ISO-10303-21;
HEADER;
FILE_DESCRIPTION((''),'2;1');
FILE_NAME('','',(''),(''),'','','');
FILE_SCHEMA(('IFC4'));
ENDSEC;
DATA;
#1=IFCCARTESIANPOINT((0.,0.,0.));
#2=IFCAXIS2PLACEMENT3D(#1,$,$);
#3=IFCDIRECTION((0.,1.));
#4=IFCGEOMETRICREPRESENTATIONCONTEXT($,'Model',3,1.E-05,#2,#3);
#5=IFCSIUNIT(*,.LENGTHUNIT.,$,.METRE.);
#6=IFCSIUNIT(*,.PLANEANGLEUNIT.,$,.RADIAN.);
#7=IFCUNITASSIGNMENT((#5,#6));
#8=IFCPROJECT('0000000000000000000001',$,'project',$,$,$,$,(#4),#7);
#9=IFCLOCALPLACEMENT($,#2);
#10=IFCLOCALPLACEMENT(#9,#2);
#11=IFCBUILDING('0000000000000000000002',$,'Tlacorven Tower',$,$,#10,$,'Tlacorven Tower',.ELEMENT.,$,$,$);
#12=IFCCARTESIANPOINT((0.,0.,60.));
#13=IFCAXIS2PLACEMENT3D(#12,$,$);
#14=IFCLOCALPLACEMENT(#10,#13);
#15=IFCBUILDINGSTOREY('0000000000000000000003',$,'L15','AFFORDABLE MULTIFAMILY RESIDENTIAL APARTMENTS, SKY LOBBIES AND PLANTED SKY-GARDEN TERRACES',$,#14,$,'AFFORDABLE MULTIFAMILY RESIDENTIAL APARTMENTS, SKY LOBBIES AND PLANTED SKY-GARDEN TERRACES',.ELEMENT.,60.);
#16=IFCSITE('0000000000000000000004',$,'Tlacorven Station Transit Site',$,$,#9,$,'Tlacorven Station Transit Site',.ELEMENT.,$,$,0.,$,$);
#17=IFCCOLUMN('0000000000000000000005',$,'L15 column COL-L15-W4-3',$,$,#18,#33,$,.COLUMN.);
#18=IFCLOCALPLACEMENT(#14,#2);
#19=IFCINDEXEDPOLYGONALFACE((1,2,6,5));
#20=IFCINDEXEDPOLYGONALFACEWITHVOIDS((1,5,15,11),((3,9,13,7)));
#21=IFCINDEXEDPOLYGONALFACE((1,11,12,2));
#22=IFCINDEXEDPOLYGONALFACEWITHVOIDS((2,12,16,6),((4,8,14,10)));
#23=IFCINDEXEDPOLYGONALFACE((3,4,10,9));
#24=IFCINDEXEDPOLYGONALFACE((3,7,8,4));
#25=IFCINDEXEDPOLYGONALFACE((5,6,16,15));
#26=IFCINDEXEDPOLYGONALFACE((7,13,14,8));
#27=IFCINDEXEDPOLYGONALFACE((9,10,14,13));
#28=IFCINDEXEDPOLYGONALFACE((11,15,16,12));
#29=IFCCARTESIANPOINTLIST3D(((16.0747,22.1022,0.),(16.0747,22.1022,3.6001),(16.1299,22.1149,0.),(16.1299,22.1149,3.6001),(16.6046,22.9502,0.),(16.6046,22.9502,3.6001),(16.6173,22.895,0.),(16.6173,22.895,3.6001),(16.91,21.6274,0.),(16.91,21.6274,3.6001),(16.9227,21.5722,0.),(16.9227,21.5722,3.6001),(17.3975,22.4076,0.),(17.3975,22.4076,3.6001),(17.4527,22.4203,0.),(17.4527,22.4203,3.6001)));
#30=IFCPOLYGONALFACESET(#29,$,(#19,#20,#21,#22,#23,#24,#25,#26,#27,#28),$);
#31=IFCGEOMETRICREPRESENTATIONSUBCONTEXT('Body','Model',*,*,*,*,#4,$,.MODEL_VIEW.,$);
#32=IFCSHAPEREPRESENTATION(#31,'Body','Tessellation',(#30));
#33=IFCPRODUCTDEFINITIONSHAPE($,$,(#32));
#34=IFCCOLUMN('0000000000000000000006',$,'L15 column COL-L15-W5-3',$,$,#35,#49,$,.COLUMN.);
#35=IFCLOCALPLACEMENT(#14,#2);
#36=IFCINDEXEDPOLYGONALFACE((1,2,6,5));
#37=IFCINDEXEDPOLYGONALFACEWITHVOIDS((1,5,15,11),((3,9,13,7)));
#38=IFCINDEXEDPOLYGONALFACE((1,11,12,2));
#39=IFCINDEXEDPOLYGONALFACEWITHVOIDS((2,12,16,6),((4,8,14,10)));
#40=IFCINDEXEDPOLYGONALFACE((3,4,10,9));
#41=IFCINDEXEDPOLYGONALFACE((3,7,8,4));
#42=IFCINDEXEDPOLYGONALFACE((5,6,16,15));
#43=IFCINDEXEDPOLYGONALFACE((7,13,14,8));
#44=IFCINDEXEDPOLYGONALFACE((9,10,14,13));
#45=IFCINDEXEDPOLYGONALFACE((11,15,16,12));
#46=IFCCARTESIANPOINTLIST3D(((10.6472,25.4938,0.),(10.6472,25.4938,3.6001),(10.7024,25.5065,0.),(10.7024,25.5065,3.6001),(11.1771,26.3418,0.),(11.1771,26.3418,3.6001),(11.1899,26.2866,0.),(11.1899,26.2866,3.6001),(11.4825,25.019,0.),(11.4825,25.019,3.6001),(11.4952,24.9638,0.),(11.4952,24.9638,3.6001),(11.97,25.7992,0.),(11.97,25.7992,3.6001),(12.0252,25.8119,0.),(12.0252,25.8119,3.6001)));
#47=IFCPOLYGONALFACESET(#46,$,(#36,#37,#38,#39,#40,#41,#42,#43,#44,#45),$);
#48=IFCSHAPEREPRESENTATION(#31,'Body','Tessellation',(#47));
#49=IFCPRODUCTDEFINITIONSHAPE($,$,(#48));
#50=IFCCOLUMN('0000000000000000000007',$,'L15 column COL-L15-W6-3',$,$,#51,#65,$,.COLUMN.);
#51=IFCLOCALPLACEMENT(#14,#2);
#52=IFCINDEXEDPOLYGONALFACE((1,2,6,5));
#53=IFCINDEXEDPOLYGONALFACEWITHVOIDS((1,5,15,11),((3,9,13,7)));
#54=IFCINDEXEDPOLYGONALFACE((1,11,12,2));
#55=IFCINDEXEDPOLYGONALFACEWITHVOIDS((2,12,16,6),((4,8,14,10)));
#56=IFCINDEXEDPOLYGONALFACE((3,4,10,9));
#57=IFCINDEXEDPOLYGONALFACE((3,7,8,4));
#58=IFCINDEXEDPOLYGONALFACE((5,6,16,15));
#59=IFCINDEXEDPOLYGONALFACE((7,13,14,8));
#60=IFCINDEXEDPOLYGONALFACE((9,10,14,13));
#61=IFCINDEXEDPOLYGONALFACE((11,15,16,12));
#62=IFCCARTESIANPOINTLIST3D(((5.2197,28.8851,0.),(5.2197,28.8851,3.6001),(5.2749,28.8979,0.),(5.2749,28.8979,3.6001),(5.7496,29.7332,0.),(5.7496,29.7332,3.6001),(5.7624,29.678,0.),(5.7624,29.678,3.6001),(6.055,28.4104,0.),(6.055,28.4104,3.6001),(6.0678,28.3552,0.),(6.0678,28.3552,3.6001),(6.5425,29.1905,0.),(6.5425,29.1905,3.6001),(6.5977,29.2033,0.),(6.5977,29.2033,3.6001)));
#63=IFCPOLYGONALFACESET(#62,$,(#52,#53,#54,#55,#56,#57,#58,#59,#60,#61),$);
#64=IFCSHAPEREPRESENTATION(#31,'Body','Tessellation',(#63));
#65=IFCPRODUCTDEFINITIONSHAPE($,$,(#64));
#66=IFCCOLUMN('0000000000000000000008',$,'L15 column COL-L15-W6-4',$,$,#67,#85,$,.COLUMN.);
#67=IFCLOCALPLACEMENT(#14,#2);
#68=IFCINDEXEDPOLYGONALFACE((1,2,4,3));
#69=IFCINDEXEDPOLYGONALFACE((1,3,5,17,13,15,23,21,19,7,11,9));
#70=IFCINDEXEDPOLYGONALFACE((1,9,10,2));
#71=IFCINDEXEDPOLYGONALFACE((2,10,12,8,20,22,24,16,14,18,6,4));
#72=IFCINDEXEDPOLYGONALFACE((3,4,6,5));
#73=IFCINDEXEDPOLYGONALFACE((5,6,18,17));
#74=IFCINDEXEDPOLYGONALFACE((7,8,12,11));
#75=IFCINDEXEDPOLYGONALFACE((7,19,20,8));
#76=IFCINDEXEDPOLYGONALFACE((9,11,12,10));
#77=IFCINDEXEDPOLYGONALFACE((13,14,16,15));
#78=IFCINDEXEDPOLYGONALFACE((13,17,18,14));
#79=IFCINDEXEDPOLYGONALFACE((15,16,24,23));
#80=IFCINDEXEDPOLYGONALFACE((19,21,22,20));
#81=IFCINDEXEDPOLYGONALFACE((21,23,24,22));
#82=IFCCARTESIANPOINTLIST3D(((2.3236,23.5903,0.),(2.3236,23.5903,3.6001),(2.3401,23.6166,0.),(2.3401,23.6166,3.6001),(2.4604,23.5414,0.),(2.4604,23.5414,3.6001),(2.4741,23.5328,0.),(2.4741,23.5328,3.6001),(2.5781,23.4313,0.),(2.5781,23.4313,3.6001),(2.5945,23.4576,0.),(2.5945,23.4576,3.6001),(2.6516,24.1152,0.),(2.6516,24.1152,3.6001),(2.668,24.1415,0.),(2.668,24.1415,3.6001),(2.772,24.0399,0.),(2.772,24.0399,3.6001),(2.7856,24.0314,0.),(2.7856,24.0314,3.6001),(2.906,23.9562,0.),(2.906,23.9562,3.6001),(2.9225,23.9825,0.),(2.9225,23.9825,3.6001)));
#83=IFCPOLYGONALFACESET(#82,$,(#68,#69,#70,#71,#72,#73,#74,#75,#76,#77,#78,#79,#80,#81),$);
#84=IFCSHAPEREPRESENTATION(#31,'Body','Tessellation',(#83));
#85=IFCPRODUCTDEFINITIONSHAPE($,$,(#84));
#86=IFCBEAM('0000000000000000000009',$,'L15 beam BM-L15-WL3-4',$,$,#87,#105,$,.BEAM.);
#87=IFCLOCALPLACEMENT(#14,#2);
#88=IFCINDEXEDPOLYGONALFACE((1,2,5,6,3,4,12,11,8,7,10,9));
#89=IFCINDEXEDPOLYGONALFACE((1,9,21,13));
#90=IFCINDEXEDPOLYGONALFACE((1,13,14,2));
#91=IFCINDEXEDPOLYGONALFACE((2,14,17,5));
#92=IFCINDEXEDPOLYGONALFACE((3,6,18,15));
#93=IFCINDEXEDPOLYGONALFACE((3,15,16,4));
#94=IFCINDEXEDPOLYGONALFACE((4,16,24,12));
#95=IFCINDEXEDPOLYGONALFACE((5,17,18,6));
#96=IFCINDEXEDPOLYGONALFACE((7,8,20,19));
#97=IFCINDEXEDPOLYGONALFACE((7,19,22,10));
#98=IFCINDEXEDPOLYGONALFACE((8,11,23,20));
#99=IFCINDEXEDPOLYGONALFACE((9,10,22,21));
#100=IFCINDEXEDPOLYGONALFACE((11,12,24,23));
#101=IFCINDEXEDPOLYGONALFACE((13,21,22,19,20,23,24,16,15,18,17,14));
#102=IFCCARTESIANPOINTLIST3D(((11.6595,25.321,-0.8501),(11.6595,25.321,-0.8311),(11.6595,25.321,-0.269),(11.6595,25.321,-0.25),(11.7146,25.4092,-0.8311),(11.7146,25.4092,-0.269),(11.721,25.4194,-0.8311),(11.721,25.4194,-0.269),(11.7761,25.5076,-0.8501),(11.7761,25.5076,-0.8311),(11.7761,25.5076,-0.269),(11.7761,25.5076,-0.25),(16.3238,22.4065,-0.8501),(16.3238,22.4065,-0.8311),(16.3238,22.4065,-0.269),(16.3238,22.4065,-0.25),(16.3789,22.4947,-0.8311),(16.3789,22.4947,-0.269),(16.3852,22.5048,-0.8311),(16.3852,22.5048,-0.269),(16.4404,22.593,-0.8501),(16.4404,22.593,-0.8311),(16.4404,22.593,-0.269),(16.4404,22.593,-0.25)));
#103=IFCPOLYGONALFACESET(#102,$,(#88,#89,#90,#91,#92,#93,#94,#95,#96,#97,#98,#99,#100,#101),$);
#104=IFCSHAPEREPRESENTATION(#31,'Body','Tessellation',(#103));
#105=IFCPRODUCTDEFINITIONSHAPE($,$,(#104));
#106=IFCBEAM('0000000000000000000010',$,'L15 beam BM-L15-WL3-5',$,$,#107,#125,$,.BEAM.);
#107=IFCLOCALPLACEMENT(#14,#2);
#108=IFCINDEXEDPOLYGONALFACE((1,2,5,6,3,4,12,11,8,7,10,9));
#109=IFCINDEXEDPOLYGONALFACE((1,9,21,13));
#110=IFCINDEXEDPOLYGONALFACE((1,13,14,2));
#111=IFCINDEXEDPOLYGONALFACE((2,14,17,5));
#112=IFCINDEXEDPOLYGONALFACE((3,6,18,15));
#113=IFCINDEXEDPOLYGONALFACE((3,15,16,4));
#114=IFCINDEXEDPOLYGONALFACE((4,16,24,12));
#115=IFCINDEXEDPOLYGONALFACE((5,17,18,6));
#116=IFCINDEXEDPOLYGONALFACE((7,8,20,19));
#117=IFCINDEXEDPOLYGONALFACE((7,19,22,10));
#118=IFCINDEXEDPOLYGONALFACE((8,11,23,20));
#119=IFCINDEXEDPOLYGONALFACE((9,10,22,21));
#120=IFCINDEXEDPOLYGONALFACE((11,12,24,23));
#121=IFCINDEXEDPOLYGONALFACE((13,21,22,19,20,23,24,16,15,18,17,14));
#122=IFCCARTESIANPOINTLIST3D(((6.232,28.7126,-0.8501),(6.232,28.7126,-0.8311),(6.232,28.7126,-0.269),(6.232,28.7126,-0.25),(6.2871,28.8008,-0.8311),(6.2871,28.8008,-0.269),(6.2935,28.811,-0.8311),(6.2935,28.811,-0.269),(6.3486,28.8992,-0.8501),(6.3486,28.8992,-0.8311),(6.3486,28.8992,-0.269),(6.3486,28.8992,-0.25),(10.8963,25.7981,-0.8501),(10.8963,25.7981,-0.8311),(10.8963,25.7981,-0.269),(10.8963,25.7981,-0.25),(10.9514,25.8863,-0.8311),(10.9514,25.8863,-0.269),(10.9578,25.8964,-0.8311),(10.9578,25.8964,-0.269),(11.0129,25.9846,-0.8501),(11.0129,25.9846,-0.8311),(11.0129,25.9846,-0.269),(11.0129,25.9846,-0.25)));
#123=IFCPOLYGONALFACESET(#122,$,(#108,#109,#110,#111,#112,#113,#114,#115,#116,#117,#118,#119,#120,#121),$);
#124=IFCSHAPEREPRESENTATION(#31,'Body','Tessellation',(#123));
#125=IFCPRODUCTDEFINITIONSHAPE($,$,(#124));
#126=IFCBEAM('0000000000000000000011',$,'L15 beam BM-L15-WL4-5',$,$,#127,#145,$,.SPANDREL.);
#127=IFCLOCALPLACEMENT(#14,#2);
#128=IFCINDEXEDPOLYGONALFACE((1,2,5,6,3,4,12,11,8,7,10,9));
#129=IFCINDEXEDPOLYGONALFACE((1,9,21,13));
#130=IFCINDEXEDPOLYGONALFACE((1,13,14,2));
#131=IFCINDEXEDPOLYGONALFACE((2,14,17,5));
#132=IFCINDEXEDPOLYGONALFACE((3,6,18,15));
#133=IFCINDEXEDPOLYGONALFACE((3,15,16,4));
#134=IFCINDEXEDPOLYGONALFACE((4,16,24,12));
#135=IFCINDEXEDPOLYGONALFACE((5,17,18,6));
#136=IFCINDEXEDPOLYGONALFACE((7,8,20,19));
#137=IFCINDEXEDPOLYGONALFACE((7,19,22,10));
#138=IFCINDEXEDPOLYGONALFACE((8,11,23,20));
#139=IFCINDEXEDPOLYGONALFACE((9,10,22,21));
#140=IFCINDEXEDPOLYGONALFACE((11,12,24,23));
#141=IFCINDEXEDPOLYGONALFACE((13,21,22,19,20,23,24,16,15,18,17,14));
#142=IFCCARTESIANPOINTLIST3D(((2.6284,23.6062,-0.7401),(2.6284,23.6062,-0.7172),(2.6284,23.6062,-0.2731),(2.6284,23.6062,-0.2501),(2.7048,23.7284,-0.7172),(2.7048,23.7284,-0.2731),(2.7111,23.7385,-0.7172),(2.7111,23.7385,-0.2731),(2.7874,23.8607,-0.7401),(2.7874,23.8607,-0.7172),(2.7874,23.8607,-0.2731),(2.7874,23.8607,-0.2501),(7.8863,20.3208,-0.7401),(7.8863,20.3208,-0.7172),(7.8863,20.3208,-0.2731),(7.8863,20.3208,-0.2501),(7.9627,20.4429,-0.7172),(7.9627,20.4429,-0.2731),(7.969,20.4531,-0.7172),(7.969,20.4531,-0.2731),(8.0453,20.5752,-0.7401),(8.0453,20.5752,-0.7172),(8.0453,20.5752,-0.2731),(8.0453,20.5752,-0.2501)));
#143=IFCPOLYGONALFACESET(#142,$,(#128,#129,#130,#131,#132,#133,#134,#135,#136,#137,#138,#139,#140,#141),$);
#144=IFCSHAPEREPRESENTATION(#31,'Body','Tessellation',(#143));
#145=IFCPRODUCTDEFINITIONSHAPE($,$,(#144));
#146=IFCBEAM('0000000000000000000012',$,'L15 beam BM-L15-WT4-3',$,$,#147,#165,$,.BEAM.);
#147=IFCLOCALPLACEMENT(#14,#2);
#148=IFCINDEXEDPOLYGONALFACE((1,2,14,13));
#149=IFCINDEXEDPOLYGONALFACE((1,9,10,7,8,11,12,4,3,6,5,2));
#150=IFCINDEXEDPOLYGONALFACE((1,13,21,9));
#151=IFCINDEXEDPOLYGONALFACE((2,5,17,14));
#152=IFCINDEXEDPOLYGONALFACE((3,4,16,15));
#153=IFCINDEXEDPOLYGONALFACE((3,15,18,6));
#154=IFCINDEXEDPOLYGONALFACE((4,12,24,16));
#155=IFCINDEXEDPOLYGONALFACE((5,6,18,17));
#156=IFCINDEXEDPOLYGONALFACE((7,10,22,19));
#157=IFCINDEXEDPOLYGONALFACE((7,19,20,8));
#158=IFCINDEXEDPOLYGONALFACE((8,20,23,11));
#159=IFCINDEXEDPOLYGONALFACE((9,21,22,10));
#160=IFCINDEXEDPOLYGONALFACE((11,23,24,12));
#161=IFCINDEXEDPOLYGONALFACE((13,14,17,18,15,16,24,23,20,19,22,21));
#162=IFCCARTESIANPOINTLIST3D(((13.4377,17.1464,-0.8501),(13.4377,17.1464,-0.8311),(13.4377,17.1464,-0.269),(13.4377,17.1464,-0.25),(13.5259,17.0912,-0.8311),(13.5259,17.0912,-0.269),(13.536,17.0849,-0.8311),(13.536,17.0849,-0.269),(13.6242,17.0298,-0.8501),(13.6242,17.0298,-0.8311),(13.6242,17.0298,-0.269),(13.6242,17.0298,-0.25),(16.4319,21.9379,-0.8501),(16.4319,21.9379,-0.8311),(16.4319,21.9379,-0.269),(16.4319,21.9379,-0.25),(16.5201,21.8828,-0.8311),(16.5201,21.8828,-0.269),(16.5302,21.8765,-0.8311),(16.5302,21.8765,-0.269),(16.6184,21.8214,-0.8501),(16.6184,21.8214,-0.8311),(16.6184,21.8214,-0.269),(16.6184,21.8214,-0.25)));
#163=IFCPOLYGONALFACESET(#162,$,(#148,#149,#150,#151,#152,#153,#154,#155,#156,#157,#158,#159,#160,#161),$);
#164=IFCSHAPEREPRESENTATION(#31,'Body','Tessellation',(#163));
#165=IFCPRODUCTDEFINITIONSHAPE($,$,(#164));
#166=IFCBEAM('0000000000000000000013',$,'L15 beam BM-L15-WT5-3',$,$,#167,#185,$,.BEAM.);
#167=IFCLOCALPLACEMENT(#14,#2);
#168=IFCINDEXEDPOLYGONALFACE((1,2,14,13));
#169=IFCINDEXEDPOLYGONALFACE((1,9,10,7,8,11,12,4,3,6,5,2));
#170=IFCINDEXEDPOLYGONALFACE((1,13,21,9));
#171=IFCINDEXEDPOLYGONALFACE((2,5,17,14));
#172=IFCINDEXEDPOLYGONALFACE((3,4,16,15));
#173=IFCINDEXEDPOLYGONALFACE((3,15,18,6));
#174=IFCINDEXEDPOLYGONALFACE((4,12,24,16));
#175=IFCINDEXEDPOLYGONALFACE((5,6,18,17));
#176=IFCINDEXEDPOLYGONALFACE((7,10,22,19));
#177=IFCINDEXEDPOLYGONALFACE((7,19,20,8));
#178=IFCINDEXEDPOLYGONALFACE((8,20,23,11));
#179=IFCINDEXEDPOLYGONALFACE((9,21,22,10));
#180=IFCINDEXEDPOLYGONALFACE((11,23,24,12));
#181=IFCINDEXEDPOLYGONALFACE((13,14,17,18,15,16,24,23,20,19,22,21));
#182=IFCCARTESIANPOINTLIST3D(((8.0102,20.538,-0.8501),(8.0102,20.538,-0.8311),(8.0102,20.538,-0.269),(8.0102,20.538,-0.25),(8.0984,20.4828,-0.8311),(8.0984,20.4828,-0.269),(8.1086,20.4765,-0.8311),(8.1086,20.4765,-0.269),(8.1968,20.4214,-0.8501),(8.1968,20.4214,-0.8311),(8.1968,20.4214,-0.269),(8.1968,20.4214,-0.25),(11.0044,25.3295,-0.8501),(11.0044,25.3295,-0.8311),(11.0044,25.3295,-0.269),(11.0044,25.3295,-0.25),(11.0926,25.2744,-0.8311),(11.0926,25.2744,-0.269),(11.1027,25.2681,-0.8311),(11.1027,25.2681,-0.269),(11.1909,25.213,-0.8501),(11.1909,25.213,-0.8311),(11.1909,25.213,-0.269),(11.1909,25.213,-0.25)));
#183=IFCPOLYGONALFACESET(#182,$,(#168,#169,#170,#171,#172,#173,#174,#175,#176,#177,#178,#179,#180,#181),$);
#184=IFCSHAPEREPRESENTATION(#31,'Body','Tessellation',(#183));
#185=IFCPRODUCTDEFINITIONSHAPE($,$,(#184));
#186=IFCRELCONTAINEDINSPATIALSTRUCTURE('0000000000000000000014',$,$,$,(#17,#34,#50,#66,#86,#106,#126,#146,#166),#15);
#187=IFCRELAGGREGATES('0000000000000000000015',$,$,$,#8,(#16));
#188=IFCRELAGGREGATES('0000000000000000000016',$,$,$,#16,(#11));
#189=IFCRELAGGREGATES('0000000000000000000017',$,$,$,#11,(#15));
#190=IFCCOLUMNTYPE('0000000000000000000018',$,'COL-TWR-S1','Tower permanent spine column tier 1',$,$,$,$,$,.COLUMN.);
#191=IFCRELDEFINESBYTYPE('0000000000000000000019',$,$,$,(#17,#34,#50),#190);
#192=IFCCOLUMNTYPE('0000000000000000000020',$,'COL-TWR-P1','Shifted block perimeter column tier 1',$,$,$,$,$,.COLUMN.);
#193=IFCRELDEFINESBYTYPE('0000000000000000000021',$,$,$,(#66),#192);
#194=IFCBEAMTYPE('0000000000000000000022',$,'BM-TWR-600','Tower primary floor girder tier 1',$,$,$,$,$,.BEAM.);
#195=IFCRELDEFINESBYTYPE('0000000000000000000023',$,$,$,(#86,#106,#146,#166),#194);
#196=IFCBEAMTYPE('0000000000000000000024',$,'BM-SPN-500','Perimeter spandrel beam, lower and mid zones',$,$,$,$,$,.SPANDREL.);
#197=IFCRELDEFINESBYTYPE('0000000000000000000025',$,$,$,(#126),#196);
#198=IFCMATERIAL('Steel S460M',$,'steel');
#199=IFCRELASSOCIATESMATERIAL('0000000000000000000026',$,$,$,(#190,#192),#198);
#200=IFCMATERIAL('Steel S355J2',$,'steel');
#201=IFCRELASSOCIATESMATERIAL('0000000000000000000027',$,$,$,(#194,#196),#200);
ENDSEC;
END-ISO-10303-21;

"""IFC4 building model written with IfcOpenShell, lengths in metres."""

from ifc_helpers import new_model, si_unit, direction, frame, origin, origin_2d, place, context, subcontext, project, spatial, hollow_rectangle, i_section, extrude, source, transform, mapped, material, material_profile, profile_set, type_object, element, save


model = new_model("IFC4")

# Units and contexts
model_context = context("Model", 3, precision=1e-05, world=origin(), true_north=direction((0.0, 1.0)))
body_context = subcontext(model_context, "Body", "Model", "MODEL_VIEW")
ifc_project = project(units=[si_unit("LENGTHUNIT", "METRE"), si_unit("PLANEANGLEUNIT", "RADIAN")], contexts=[model_context])

# Site, building, storey
site_placement = place(None, origin())
site = spatial("IfcSite", under=ifc_project, at=site_placement, Name="Tlacorven Station Transit Site", LongName="Tlacorven Station Transit Site", CompositionType="ELEMENT", RefElevation=0.0)
building_placement = place(site_placement, origin())
building = spatial("IfcBuilding", under=site, at=building_placement, Name="Tlacorven Tower", LongName="Tlacorven Tower", CompositionType="ELEMENT")
storey_placement = place(building_placement, frame((0.0, 0.0, 60.0)))
storey = spatial("IfcBuildingStorey", under=building, at=storey_placement, Name="L15", Description="AFFORDABLE MULTIFAMILY RESIDENTIAL APARTMENTS, SKY LOBBIES AND PLANTED SKY-GARDEN TERRACES", LongName="AFFORDABLE MULTIFAMILY RESIDENTIAL APARTMENTS, SKY LOBBIES AND PLANTED SKY-GARDEN TERRACES", CompositionType="ELEMENT", Elevation=60.0)

# Columns
ifc_material_1 = material(Name="Steel S460M", Category="steel")
ifc_material_profile_1 = material_profile(ifc_material_1, hollow_rectangle(XDim=1.0, YDim=1.0, WallThickness=0.04, at=origin_2d()), Name="BOX 1000X1000X40")
ifc_profile_set_1 = profile_set([ifc_material_profile_1], Name="Steel S460M")
column_type_1 = type_object("IfcColumnType", Name="COL-TWR-S1", Description="Tower permanent spine column tier 1", PredefinedType="COLUMN", material=ifc_profile_set_1)
shared_shape_1 = source(origin(), body_context, "Body", "SweptSolid", [
    extrude(hollow_rectangle(XDim=1.0, YDim=1.0, WallThickness=0.04, at=origin_2d()), origin(), (0.0, 0.0, 1.0), 3.6001),
])
for number, where, z_axis, x_axis, name in (
    (1, (16.7637, 22.2612, 0.0), (0.0, 0.0, 1.0), (-0.848048, 0.529919, 0.0), "L15 column COL-L15-W4-3"),
    (2, (11.3362, 25.6528, 0.0), (0.0, 0.0, 1.0), (-0.848048, 0.529919, 0.0), "L15 column COL-L15-W5-3"),
    (3, (5.9087, 29.0442, 0.0), (0.0, 0.0, 1.0), (-0.848048, 0.529919, 0.0), "L15 column COL-L15-W6-3"),
):
    element("IfcColumn", number, at=place(storey_placement, frame(where, z_axis=z_axis, x_axis=x_axis)), inside=storey, type_object=column_type_1, Name=name, PredefinedType="COLUMN", context=body_context, shape_type="MappedRepresentation", body=[
        mapped(shared_shape_1, transform((0.0, 0.0, 0.0), scale=1.0)),
    ])
ifc_material_profile_2 = material_profile(ifc_material_1, i_section(OverallWidth=0.3, OverallDepth=0.6499, WebThickness=0.0161, FlangeThickness=0.031, at=origin_2d()), Name="HEB 650")
ifc_profile_set_2 = profile_set([ifc_material_profile_2], Name="Steel S460M")
column_type_2 = type_object("IfcColumnType", Name="COL-TWR-P1", Description="Shifted block perimeter column tier 1", PredefinedType="COLUMN", material=ifc_profile_set_2)
shared_shape_2 = source(origin(), body_context, "Body", "SweptSolid", [
    extrude(i_section(OverallWidth=0.3, OverallDepth=0.6499, WebThickness=0.0161, FlangeThickness=0.031, at=origin_2d()), origin(), (0.0, 0.0, 1.0), 3.6001),
])
column_placement = place(storey_placement, frame((2.623, 23.7864, 0.0), z_axis=(0.0, 0.0, 1.0), x_axis=(-0.848048, 0.529919, 0.0)))
element("IfcColumn", 4, at=column_placement, inside=storey, type_object=column_type_2, Name="L15 column COL-L15-W6-4", PredefinedType="COLUMN", context=body_context, shape_type="MappedRepresentation", body=[
    mapped(shared_shape_2, transform((0.0, 0.0, 0.0), scale=1.0)),
])

# Beams
ifc_material_2 = material(Name="Steel S355J2", Category="steel")
ifc_material_profile_3 = material_profile(ifc_material_2, i_section(OverallWidth=0.22, OverallDepth=0.6001, WebThickness=0.012, FlangeThickness=0.019, at=origin_2d()), Name="IPE 600")
ifc_profile_set_3 = profile_set([ifc_material_profile_3], Name="Steel S355J2")
beam_type_1 = type_object("IfcBeamType", Name="BM-TWR-600", Description="Tower primary floor girder tier 1", PredefinedType="BEAM", material=ifc_profile_set_3)
shared_shape_3 = source(origin(), body_context, "Body", "SweptSolid", [
    extrude(i_section(OverallWidth=0.22, OverallDepth=0.6001, WebThickness=0.012, FlangeThickness=0.019, at=origin_2d()), origin(), (0.0, 0.0, 1.0), 5.5),
])
for number, where, z_axis, x_axis, name in (
    (5, (16.3821, 22.4998, -0.55), (-0.848051, 0.529915, 0.0), (-0.529915, -0.848051, 0.0), "L15 beam BM-L15-WL3-4"),
    (6, (10.9546, 25.8914, -0.55), (-0.848051, 0.529915, 0.0), (-0.529915, -0.848051, 0.0), "L15 beam BM-L15-WL3-5"),
):
    element("IfcBeam", number, at=place(storey_placement, frame(where, z_axis=z_axis, x_axis=x_axis)), inside=storey, type_object=beam_type_1, Name=name, PredefinedType="BEAM", context=body_context, shape_type="MappedRepresentation", body=[
        mapped(shared_shape_3, transform((0.0, 0.0, 0.0), scale=1.0)),
    ])
ifc_material_profile_4 = material_profile(ifc_material_2, i_section(OverallWidth=0.3, OverallDepth=0.49, WebThickness=0.012, FlangeThickness=0.0229, at=origin_2d()), Name="HEA 500")
ifc_profile_set_4 = profile_set([ifc_material_profile_4], Name="Steel S355J2")
beam_type_2 = type_object("IfcBeamType", Name="BM-SPN-500", Description="Perimeter spandrel beam, lower and mid zones", PredefinedType="SPANDREL", material=ifc_profile_set_4)
shared_shape_4 = source(origin(), body_context, "Body", "SweptSolid", [
    extrude(i_section(OverallWidth=0.3, OverallDepth=0.49, WebThickness=0.012, FlangeThickness=0.0229, at=origin_2d()), origin(), (0.0, 0.0, 1.0), 6.2),
])
beam_placement = place(storey_placement, frame((7.9658, 20.448, -0.4951), z_axis=(-0.848051, 0.529914, 0.0), x_axis=(-0.529914, -0.848051, 0.0)))
element("IfcBeam", 7, at=beam_placement, inside=storey, type_object=beam_type_2, Name="L15 beam BM-L15-WL4-5", PredefinedType="SPANDREL", context=body_context, shape_type="MappedRepresentation", body=[
    mapped(shared_shape_4, transform((0.0, 0.0, 0.0), scale=1.0)),
])
shared_shape_5 = source(origin(), body_context, "Body", "SweptSolid", [
    extrude(i_section(OverallWidth=0.22, OverallDepth=0.6001, WebThickness=0.012, FlangeThickness=0.019, at=origin_2d()), origin(), (0.0, 0.0, 1.0), 5.6501),
])
for number, where, z_axis, x_axis, name in (
    (8, (16.5251, 21.8796, -0.55), (-0.529929, -0.848042, 0.0), (0.848042, -0.529929, 0.0), "L15 beam BM-L15-WT4-3"),
    (9, (11.0977, 25.2712, -0.55), (-0.529929, -0.848042, 0.0), (0.848042, -0.529929, 0.0), "L15 beam BM-L15-WT5-3"),
):
    element("IfcBeam", number, at=place(storey_placement, frame(where, z_axis=z_axis, x_axis=x_axis)), inside=storey, type_object=beam_type_1, Name=name, PredefinedType="BEAM", context=body_context, shape_type="MappedRepresentation", body=[
        mapped(shared_shape_5, transform((0.0, 0.0, 0.0), scale=1.0)),
    ])

save(model, "model.ifc")
